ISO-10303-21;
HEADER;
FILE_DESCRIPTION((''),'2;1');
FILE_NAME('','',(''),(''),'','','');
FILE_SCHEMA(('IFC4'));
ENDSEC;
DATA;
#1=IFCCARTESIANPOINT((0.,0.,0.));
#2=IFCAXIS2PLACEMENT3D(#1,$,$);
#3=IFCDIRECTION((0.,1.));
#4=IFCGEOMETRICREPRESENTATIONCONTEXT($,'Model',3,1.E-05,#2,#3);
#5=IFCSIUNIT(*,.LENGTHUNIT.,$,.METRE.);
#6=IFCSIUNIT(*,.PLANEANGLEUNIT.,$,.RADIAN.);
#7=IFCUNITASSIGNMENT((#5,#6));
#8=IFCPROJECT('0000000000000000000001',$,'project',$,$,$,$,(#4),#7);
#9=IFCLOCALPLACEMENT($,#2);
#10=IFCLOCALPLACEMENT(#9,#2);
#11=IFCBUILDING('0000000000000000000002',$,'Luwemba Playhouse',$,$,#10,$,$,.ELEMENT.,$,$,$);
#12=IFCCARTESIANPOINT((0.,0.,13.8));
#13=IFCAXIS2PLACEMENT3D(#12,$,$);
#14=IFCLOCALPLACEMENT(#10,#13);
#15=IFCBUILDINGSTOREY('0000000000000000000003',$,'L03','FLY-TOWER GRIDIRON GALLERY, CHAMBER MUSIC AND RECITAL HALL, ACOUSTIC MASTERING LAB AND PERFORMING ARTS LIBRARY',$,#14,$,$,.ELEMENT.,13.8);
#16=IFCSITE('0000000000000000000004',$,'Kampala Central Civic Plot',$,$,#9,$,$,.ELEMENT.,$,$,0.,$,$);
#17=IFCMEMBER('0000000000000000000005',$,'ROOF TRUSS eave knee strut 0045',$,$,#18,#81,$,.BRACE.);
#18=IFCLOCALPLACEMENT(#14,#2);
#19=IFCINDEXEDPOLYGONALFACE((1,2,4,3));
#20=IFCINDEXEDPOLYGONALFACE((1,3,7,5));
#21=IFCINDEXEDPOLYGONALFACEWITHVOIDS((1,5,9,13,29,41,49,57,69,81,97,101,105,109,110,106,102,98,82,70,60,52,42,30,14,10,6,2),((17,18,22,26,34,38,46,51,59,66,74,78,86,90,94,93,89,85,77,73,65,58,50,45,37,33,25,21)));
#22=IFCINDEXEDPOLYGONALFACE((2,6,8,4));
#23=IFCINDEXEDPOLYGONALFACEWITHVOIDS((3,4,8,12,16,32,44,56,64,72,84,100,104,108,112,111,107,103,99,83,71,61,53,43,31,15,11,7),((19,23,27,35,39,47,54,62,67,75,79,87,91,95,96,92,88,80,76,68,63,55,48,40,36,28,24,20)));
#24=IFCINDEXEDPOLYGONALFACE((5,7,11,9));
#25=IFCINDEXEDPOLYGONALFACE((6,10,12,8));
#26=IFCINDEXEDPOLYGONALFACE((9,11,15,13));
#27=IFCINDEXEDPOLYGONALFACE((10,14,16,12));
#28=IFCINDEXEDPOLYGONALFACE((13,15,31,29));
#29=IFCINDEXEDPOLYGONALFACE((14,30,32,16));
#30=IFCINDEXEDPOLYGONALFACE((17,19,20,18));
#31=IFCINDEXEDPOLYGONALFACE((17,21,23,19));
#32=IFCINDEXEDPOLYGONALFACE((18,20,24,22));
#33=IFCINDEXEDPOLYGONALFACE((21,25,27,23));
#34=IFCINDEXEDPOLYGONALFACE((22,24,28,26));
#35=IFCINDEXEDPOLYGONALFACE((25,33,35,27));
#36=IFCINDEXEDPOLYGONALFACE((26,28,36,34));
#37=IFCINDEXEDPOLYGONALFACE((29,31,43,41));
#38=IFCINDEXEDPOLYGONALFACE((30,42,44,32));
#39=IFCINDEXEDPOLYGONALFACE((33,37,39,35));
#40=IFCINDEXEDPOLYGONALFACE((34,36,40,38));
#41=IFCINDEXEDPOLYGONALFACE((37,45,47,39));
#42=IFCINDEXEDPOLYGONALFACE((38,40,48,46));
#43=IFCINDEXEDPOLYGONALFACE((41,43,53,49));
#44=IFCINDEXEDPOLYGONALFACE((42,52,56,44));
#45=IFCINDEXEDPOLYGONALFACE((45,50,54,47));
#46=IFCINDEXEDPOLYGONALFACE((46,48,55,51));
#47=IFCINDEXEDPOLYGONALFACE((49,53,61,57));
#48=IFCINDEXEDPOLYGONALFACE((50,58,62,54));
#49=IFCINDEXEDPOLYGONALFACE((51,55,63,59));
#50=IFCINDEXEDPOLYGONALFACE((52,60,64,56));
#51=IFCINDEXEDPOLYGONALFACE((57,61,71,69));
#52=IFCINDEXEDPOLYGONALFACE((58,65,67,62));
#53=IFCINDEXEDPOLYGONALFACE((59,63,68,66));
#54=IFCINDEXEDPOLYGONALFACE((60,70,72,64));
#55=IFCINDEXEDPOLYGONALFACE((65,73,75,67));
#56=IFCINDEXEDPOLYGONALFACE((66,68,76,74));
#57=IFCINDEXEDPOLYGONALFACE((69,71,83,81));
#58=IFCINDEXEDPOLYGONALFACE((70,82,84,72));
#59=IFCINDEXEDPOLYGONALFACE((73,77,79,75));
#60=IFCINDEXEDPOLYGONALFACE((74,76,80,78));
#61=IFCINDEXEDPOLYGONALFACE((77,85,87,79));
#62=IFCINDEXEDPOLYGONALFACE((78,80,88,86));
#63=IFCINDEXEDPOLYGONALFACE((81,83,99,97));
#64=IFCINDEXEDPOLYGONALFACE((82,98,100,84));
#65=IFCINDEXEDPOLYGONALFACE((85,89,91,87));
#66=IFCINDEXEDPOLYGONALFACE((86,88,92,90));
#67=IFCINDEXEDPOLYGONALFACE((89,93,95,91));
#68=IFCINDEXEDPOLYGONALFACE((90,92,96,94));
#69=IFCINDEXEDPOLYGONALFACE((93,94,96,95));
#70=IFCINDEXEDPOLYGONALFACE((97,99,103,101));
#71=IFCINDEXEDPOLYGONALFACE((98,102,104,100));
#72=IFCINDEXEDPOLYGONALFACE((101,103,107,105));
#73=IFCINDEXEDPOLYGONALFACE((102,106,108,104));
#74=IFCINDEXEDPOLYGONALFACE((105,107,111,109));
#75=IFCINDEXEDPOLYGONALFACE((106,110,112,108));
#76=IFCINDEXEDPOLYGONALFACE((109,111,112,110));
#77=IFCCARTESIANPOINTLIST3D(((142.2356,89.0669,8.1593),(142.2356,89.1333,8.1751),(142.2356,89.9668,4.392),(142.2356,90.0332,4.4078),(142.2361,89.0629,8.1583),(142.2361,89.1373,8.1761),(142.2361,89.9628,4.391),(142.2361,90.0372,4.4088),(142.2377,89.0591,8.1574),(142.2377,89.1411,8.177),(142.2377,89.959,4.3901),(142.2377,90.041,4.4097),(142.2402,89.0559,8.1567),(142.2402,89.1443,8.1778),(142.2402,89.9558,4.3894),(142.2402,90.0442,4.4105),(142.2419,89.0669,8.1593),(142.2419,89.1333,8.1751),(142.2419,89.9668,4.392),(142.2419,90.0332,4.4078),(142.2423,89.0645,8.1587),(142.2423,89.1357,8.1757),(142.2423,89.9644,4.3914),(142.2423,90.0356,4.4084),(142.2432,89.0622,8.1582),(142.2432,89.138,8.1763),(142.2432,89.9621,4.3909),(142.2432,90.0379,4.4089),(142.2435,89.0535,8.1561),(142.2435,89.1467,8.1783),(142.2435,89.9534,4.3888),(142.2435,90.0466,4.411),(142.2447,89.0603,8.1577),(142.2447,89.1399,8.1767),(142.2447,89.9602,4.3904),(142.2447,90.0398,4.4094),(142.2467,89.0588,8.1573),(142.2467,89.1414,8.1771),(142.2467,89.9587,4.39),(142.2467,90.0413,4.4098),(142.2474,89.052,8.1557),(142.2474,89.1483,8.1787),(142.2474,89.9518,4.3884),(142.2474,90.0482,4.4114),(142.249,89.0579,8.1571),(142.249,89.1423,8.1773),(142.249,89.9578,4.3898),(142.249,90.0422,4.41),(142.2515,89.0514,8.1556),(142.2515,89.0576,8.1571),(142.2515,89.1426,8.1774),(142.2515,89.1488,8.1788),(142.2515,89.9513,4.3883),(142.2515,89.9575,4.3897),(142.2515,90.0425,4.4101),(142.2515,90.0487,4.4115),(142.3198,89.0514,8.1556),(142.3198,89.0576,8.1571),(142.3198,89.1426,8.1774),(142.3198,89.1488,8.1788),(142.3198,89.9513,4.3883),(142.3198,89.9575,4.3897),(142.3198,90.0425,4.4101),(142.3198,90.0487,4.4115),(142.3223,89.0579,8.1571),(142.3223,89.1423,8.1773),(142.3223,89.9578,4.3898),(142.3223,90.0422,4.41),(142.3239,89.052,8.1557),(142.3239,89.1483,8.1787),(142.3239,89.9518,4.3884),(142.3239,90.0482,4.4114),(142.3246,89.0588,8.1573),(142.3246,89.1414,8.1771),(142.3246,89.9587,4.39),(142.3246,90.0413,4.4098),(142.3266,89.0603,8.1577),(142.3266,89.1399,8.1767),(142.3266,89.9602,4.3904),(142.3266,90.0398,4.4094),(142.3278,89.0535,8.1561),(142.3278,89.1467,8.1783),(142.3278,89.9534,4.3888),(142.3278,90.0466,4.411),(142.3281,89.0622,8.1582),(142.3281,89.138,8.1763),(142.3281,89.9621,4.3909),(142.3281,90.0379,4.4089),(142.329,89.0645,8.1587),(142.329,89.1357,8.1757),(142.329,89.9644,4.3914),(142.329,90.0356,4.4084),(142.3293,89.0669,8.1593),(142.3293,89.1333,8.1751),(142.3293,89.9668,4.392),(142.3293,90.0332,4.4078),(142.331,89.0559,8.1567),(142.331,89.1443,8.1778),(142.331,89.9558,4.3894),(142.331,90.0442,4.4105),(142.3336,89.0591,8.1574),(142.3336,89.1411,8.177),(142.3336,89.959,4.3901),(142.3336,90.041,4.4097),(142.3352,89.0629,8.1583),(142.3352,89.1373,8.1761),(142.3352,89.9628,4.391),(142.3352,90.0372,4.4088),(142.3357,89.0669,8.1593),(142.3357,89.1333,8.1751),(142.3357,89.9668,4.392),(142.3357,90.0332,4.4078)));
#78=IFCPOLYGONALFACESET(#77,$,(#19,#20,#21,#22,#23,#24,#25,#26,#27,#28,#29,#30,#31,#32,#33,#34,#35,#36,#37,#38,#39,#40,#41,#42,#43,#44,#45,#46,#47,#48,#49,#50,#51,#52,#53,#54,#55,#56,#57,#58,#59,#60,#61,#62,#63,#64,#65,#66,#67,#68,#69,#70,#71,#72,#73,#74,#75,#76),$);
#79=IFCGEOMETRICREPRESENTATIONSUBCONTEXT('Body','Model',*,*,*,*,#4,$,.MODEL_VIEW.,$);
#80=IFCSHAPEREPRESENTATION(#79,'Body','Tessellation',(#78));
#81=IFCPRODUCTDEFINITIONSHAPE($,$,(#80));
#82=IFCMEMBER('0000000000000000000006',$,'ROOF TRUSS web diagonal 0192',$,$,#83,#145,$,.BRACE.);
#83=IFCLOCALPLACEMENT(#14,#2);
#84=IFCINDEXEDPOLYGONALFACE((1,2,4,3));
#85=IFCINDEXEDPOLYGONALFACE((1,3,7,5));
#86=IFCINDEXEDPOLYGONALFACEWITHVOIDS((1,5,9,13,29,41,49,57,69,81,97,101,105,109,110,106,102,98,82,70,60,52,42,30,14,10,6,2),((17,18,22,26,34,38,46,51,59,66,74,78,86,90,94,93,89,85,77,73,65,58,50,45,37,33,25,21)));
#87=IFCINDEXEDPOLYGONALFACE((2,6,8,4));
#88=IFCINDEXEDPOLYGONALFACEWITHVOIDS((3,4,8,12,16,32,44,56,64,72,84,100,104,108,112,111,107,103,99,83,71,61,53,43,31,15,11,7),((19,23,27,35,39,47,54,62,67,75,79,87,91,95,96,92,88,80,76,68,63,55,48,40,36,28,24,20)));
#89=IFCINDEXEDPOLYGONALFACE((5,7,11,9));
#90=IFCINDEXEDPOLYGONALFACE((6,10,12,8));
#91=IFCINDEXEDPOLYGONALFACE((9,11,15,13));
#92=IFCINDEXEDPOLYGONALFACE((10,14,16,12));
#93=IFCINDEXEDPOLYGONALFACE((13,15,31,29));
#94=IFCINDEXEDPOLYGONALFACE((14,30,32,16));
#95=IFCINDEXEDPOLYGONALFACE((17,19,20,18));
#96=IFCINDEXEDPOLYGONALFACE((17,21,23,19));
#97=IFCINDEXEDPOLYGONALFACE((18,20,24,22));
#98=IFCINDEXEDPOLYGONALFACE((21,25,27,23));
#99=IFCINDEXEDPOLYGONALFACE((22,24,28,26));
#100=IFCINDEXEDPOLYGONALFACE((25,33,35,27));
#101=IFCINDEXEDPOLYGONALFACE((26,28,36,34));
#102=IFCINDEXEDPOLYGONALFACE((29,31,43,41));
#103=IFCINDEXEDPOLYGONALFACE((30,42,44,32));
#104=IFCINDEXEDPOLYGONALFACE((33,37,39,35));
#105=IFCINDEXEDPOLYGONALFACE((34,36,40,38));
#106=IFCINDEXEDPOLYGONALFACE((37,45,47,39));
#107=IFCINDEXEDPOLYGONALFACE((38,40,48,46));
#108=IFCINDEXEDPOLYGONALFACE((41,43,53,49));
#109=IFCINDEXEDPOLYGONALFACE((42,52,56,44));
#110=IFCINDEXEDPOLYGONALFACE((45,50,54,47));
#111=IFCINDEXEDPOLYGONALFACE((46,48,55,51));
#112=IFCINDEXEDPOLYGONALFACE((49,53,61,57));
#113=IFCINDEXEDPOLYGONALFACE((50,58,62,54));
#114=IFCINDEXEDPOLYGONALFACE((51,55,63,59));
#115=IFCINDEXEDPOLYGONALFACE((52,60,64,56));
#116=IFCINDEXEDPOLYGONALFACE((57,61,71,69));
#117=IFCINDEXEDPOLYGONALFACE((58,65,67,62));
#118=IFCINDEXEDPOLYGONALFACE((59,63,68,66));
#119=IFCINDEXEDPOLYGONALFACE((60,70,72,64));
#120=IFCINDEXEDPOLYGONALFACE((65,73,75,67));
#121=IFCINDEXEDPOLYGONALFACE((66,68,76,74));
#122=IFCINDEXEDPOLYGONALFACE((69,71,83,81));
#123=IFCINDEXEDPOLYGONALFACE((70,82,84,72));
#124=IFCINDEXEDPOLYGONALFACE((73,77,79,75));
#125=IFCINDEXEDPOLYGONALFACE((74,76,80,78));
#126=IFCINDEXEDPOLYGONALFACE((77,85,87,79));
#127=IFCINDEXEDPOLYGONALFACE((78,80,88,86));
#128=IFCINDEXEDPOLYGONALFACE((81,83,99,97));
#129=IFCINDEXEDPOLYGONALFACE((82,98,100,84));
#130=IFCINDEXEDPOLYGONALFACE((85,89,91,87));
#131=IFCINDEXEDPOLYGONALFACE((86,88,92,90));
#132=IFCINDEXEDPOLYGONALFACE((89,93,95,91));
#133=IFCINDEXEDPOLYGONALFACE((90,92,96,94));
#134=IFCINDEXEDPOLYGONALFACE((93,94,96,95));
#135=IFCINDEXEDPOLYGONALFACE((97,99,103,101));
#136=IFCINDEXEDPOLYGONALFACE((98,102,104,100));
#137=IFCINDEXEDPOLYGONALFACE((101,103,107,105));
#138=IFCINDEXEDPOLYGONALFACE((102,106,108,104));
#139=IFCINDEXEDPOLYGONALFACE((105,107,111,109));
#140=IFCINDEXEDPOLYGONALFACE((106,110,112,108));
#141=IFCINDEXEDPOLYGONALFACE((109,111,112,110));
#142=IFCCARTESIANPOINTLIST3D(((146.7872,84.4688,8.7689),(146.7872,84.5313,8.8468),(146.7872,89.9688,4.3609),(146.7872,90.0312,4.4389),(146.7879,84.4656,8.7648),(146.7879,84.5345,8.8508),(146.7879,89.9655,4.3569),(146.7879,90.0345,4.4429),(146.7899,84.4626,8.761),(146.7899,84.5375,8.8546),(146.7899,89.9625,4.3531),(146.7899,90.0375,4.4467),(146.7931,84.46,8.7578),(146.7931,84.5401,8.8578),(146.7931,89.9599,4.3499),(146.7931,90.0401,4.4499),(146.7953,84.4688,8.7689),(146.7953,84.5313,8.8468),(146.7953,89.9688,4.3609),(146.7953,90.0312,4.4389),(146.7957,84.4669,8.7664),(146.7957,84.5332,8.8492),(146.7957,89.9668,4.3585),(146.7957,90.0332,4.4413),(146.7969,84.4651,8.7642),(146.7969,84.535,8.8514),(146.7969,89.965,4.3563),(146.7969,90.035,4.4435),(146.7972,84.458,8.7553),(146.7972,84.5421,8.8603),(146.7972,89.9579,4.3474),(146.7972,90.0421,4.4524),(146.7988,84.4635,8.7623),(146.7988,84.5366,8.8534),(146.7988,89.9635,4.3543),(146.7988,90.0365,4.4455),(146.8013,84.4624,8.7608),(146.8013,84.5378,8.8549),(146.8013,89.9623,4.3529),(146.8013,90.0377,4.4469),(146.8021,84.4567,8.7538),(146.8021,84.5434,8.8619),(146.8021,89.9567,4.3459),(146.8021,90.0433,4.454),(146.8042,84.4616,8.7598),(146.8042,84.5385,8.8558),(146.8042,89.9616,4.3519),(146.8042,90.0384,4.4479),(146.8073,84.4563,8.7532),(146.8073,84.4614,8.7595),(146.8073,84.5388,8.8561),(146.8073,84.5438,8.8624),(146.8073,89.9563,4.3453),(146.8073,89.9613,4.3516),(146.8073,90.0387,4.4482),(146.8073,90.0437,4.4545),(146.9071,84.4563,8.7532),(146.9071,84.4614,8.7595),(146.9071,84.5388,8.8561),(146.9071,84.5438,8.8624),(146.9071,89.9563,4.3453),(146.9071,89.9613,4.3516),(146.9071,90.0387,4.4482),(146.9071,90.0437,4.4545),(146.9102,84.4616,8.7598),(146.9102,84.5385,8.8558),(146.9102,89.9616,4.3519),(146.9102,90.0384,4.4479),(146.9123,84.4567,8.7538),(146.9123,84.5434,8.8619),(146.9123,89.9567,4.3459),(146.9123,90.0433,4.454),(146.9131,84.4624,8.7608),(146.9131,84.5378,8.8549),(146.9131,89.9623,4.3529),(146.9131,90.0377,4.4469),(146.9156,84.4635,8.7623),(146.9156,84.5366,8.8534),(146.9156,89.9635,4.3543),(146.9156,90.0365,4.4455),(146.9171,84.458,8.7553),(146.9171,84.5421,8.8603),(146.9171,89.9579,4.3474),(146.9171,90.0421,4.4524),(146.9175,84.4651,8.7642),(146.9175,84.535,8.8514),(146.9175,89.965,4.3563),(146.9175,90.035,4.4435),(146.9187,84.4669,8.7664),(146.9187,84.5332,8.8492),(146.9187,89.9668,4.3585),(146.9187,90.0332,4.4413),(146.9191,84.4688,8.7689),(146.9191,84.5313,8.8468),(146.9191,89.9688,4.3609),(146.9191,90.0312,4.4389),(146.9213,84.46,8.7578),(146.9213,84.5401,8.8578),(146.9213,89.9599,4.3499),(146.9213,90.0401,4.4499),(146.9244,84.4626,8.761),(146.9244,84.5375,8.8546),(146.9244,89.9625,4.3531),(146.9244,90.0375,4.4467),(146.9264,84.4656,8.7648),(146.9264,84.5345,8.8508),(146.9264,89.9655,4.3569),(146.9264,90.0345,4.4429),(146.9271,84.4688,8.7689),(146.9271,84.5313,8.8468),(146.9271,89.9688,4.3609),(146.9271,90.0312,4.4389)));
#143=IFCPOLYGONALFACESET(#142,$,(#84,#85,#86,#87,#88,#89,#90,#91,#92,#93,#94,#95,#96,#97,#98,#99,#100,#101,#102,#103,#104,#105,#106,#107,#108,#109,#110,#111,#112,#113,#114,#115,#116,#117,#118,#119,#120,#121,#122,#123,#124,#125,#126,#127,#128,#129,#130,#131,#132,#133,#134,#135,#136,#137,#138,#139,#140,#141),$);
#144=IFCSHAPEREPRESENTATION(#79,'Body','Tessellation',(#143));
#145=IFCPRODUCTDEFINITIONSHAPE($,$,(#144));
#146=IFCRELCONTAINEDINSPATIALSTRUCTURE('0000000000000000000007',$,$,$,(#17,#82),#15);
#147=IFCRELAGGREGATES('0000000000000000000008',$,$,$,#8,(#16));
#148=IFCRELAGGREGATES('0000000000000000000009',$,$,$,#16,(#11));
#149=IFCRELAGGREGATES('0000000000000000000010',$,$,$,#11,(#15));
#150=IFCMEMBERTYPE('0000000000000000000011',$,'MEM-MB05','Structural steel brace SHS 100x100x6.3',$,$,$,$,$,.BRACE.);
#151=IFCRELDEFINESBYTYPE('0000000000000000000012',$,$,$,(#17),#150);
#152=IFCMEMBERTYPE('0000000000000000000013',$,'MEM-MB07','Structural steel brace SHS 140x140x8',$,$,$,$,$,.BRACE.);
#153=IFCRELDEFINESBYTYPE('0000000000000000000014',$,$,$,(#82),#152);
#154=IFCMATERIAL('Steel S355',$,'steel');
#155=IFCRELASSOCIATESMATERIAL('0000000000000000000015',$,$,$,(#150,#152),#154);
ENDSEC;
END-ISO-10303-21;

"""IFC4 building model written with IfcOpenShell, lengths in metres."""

from ifc_helpers import new_model, si_unit, direction, frame, origin, origin_2d, place, context, subcontext, project, spatial, hollow_rectangle, extrude, material, material_profile, profile_set, type_object, element, save


model = new_model("IFC4")

# Units and contexts
model_context = context("Model", 3, precision=1e-05, world=origin(), true_north=direction((0.0, 1.0)))
body_context = subcontext(model_context, "Body", "Model", "MODEL_VIEW")
ifc_project = project(units=[si_unit("LENGTHUNIT", "METRE"), si_unit("PLANEANGLEUNIT", "RADIAN")], contexts=[model_context])

# Site, building, storey
site_placement = place(None, origin())
site = spatial("IfcSite", under=ifc_project, at=site_placement, Name="Kampala Central Civic Plot", CompositionType="ELEMENT", RefElevation=0.0)
building_placement = place(site_placement, origin())
building = spatial("IfcBuilding", under=site, at=building_placement, Name="Luwemba Playhouse", CompositionType="ELEMENT")
storey_placement = place(building_placement, frame((0.0, 0.0, 13.8)))
storey = spatial("IfcBuildingStorey", under=building, at=storey_placement, Name="L03", Description="FLY-TOWER GRIDIRON GALLERY, CHAMBER MUSIC AND RECITAL HALL, ACOUSTIC MASTERING LAB AND PERFORMING ARTS LIBRARY", CompositionType="ELEMENT", Elevation=13.8)

# Shared definitions
ifc_material_1 = material(Name="Steel S355", Category="steel")

# Members
ifc_material_profile_1 = material_profile(ifc_material_1, hollow_rectangle(XDim=0.1001, YDim=0.1001, WallThickness=0.0063, InnerFilletRadius=0.0095, OuterFilletRadius=0.0159, at=origin_2d()))
ifc_profile_set_1 = profile_set([ifc_material_profile_1], Name="Steel S355")
member_type_1 = type_object("IfcMemberType", Name="MEM-MB05", Description="Structural steel brace SHS 100x100x6.3", PredefinedType="BRACE", material=ifc_profile_set_1)
member_1_placement = place(storey_placement, frame((142.2856, 90.0, 4.3999), z_axis=(0.0, -0.232333, 0.972636), x_axis=(1.0, 0.0, 0.0)))
element("IfcMember", 1, at=member_1_placement, inside=storey, type_object=member_type_1, Name="ROOF TRUSS eave knee strut 0045", PredefinedType="BRACE", context=body_context, shape_type="SweptSolid", body=[
    extrude(hollow_rectangle(XDim=0.1001, YDim=0.1001, WallThickness=0.0063, InnerFilletRadius=0.0095, OuterFilletRadius=0.0159, at=origin_2d()), origin(), (0.0, 0.0, 1.0), 3.8733),
])
ifc_material_profile_2 = material_profile(ifc_material_1, hollow_rectangle(XDim=0.1399, YDim=0.1399, WallThickness=0.0081, InnerFilletRadius=0.012, OuterFilletRadius=0.02, at=origin_2d()))
ifc_profile_set_2 = profile_set([ifc_material_profile_2], Name="Steel S355")
member_type_2 = type_object("IfcMemberType", Name="MEM-MB07", Description="Structural steel brace SHS 140x140x8", PredefinedType="BRACE", material=ifc_profile_set_2)
member_2_placement = place(storey_placement, frame((146.8572, 90.0, 4.3999), z_axis=(0.0, -0.780318, 0.625383), x_axis=(1.0, 0.0, 0.0)))
element("IfcMember", 2, at=member_2_placement, inside=storey, type_object=member_type_2, Name="ROOF TRUSS web diagonal 0192", PredefinedType="BRACE", context=body_context, shape_type="SweptSolid", body=[
    extrude(hollow_rectangle(XDim=0.1399, YDim=0.1399, WallThickness=0.0081, InnerFilletRadius=0.012, OuterFilletRadius=0.02, at=origin_2d()), origin(), (0.0, 0.0, 1.0), 7.0483),
])

save(model, "model.ifc")
